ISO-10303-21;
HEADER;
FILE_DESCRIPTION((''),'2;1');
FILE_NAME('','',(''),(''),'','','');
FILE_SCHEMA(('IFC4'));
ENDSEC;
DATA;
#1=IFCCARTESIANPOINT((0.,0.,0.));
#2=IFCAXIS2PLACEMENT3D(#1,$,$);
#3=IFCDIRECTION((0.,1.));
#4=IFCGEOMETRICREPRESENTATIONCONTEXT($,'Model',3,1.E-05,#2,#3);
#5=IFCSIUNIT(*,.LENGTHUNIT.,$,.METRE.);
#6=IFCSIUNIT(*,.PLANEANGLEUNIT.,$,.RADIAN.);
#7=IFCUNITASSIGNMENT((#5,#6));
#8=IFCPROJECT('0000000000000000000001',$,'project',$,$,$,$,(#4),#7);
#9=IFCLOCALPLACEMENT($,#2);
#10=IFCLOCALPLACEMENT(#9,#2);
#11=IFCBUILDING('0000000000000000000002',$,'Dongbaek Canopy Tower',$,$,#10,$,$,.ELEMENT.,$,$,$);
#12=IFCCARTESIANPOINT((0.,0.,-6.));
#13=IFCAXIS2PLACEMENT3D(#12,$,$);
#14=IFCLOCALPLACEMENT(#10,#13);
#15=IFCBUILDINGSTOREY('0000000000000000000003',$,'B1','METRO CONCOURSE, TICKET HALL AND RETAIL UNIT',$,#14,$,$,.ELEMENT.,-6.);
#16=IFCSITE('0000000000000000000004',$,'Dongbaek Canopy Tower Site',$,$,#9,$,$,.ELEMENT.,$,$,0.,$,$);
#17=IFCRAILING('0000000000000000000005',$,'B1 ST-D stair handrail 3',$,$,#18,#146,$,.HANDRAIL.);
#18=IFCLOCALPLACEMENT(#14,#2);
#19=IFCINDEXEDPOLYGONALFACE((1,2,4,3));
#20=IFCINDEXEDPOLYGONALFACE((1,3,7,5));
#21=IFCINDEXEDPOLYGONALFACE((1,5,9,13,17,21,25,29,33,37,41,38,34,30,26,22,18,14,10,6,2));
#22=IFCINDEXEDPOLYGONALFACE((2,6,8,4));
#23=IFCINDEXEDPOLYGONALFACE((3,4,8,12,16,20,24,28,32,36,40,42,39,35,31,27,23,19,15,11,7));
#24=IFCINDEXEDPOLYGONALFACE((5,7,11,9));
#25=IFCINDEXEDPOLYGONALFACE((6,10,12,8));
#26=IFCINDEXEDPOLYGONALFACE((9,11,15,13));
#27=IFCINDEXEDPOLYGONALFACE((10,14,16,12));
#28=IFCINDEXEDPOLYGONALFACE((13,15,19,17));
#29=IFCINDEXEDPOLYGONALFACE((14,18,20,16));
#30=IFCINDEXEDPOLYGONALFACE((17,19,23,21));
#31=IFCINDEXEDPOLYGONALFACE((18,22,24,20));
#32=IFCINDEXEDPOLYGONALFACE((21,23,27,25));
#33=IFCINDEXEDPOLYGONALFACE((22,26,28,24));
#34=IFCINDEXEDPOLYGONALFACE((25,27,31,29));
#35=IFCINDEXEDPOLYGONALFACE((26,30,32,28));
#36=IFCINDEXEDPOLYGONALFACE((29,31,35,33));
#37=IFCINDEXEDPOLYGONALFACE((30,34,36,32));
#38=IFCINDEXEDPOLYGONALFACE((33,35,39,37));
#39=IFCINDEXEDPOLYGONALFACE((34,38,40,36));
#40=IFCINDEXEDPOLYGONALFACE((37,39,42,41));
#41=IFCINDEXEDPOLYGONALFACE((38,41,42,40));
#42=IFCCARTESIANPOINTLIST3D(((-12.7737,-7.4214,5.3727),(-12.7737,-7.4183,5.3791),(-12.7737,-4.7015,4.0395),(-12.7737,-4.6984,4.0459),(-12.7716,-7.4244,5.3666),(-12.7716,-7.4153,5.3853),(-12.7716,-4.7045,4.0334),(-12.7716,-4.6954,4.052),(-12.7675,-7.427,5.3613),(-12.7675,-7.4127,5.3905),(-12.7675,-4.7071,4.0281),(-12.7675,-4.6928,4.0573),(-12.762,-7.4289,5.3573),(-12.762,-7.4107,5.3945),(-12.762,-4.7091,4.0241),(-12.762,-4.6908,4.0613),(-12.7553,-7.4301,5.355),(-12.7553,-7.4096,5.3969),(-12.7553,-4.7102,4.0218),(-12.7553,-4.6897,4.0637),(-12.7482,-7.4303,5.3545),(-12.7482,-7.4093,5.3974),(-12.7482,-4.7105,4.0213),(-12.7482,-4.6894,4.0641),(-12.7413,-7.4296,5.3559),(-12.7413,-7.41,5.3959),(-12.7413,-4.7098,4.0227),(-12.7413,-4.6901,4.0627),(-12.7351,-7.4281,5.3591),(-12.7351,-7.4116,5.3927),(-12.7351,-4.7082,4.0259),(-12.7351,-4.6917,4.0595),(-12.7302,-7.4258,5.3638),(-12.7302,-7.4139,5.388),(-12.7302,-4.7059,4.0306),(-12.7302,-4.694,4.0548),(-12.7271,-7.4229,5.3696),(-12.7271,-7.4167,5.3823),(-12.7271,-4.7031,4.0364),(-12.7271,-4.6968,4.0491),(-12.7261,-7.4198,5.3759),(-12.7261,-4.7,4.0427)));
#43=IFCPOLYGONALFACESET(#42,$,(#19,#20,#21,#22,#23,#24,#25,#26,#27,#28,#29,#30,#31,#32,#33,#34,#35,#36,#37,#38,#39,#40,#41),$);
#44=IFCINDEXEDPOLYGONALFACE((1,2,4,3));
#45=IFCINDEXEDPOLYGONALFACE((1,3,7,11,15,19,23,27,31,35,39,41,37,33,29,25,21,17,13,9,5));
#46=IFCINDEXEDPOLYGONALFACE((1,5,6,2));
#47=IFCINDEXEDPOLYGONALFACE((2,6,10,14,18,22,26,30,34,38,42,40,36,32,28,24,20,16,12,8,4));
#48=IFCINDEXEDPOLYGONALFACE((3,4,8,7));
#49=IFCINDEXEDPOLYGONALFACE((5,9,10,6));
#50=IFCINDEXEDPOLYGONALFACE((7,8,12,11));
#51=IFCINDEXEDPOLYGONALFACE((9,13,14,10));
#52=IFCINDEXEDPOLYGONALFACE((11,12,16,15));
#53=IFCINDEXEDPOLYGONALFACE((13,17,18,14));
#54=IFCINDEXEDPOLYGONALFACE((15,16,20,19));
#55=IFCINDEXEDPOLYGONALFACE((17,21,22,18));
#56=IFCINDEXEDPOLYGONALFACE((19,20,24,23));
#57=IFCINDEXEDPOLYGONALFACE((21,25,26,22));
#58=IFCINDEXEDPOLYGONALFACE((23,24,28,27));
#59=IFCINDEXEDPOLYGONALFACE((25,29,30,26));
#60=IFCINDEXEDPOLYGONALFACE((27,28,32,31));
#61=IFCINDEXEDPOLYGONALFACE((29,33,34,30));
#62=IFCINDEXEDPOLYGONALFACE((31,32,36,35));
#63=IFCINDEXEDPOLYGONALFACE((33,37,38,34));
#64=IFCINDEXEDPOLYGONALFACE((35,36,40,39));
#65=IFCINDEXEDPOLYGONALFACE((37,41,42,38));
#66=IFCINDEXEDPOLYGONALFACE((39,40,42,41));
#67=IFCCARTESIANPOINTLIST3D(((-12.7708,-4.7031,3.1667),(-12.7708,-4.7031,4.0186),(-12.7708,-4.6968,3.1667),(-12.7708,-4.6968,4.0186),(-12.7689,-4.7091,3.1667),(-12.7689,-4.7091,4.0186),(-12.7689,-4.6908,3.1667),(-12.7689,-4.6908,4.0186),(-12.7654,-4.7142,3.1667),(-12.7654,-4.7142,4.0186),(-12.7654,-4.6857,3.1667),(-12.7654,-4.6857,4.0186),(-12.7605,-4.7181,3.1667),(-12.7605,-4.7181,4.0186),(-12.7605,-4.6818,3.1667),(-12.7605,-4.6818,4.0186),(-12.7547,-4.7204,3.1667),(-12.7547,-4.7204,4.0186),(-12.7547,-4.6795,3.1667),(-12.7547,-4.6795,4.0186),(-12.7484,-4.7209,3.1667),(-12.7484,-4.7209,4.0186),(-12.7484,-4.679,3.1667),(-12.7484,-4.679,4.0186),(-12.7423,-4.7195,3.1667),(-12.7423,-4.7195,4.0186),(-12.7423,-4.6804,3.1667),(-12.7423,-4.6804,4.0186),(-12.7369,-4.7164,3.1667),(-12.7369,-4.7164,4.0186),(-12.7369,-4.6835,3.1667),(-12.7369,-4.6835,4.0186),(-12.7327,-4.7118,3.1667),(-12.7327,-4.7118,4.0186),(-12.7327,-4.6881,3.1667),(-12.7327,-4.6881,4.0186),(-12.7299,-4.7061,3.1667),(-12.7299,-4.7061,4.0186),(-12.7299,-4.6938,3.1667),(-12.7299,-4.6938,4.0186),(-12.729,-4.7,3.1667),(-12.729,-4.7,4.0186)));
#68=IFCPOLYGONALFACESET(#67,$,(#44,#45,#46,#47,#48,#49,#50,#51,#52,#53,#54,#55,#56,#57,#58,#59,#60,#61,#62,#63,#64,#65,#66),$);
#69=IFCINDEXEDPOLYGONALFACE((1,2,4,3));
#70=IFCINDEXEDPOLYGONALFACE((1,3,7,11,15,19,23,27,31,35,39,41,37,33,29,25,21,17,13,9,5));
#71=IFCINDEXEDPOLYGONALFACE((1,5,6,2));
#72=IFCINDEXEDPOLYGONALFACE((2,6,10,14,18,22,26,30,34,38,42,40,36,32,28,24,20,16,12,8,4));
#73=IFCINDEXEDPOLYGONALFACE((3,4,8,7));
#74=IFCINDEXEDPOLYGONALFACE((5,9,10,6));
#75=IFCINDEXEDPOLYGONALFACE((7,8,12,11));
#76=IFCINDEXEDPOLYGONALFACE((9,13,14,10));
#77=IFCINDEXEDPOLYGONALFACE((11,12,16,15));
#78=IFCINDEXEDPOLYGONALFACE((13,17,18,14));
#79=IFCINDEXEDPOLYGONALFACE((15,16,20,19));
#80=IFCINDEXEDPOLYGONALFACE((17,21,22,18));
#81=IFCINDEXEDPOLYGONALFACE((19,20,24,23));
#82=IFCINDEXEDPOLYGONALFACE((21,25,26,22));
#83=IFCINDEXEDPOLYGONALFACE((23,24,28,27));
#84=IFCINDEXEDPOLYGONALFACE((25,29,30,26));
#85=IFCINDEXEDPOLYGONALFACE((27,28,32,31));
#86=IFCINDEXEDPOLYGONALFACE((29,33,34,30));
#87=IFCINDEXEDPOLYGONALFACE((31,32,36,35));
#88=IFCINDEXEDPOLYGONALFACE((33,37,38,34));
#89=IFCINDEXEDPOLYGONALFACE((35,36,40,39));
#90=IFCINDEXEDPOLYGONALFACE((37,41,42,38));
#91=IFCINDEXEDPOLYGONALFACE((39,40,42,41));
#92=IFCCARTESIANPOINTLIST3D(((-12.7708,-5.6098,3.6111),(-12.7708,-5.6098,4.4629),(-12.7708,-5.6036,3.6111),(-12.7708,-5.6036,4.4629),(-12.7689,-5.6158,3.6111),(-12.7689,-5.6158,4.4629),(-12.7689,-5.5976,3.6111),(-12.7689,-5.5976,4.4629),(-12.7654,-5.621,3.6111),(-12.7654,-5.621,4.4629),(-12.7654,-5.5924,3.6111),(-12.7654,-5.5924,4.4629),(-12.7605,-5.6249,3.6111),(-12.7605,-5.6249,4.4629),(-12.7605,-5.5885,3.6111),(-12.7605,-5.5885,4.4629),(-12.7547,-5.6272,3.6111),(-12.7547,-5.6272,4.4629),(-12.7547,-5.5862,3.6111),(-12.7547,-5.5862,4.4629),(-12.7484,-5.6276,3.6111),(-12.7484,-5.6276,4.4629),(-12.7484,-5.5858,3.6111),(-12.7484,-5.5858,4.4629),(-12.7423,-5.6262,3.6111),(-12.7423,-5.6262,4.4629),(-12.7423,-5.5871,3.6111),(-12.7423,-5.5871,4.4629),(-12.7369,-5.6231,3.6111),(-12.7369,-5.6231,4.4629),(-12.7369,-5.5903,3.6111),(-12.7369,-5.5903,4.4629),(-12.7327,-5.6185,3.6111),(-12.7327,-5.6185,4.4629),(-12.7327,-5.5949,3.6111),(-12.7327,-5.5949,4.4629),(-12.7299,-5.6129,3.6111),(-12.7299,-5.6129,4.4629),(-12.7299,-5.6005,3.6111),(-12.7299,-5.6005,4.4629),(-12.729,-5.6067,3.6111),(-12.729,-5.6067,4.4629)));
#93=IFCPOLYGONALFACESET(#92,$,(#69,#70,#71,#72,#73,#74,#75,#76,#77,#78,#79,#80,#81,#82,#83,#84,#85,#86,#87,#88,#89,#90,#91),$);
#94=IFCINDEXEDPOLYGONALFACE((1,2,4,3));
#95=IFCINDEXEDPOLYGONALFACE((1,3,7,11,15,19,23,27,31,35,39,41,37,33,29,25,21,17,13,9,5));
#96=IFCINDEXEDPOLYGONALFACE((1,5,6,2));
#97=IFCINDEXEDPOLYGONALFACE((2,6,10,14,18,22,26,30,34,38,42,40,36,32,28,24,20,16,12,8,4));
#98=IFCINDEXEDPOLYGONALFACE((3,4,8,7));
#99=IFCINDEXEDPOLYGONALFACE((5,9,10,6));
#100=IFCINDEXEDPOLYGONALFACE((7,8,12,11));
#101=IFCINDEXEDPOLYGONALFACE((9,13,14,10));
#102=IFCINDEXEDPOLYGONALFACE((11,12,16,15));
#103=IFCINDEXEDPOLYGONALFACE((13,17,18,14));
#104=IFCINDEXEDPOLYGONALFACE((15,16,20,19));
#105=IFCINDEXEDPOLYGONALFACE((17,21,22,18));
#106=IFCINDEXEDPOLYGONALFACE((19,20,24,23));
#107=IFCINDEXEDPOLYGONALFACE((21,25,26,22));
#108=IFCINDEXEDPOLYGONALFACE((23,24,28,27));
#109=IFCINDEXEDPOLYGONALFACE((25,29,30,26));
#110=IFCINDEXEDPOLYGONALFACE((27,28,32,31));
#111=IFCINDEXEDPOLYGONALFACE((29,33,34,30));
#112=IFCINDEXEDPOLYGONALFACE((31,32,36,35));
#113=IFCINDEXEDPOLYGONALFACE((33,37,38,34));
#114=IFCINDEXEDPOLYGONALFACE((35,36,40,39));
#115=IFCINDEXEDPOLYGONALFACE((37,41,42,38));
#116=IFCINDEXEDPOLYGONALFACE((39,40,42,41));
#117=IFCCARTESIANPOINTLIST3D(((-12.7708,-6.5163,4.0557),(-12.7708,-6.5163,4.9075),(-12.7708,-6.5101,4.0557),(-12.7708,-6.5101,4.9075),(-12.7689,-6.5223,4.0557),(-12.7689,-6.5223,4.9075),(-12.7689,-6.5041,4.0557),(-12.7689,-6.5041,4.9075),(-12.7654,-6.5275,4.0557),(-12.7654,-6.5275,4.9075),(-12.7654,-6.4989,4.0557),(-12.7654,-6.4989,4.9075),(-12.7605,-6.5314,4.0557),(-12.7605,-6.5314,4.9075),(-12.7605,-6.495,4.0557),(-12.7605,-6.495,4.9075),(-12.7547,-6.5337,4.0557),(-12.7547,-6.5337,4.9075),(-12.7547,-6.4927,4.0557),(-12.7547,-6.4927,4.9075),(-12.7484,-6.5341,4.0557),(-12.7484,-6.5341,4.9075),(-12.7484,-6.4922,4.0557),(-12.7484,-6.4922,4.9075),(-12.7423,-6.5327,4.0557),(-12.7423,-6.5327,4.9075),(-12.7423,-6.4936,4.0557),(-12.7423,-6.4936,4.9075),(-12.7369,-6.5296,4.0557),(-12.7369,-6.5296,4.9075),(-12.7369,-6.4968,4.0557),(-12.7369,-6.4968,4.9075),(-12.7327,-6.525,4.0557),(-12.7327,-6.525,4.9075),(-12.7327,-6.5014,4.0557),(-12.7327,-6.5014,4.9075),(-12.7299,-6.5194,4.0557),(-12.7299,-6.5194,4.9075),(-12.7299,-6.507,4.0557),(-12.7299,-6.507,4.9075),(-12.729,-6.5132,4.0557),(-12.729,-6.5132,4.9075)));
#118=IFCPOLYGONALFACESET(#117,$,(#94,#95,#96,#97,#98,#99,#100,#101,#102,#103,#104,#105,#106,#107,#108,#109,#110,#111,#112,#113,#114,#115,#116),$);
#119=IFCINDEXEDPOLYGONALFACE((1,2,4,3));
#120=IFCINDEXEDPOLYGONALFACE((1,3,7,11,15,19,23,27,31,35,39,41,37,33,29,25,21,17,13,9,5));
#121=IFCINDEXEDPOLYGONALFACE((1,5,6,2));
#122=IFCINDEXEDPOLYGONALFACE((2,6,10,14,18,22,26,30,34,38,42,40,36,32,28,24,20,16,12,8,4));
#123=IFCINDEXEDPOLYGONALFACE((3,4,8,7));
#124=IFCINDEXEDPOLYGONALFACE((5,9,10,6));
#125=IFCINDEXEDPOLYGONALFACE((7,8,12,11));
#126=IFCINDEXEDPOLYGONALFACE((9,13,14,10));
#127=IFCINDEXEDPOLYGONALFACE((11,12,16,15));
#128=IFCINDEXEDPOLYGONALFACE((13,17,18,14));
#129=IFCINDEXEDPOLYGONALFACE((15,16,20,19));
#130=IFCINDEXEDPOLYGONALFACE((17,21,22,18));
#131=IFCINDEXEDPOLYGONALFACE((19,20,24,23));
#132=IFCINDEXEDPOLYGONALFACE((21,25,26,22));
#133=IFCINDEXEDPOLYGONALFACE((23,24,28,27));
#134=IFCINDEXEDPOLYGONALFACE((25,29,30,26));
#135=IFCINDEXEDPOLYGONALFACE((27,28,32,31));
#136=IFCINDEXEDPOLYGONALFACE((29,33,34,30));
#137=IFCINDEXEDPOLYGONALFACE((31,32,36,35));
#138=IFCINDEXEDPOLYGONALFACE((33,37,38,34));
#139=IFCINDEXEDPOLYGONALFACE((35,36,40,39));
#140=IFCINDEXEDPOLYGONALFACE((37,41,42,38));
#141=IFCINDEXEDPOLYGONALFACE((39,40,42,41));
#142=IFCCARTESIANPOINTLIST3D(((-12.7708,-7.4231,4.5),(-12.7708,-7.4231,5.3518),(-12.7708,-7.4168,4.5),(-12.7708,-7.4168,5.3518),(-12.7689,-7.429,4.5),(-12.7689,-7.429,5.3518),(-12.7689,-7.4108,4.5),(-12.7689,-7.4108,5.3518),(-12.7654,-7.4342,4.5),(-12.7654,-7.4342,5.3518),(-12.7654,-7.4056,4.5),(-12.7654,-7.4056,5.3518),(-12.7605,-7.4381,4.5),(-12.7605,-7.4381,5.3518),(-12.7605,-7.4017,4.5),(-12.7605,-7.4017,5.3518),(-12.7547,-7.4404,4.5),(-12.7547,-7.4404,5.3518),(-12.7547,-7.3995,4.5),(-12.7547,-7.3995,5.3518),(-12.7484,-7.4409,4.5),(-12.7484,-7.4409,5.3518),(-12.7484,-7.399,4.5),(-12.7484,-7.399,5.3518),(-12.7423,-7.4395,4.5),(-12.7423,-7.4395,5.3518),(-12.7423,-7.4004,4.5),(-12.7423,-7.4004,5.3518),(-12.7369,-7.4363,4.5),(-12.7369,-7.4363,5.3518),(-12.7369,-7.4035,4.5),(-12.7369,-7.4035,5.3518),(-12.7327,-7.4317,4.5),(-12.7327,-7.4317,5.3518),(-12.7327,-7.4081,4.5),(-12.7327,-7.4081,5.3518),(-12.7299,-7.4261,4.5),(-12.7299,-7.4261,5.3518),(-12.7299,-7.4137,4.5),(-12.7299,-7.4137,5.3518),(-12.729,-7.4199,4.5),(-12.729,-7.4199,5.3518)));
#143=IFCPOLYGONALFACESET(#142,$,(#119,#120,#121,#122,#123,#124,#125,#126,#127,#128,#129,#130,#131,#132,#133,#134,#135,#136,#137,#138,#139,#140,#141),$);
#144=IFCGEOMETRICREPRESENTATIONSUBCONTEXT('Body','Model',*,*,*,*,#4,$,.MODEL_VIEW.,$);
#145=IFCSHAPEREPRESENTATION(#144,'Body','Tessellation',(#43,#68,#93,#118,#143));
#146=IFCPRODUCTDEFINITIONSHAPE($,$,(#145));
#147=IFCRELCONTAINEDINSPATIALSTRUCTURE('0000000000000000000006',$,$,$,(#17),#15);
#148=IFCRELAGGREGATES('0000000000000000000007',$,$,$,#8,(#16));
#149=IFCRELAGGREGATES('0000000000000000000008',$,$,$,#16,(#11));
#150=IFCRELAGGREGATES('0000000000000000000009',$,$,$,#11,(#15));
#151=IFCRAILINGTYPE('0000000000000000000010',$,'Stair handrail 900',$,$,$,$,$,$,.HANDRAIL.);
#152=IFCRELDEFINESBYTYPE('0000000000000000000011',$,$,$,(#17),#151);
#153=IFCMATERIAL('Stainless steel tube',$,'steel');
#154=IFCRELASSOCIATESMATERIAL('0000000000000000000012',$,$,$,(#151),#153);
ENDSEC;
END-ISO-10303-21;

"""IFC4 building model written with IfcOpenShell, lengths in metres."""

from ifc_helpers import new_model, si_unit, direction, frame, origin, origin_2d, place, context, subcontext, project, spatial, circle, extrude, material, type_object, element, save


model = new_model("IFC4")

# Units and contexts
model_context = context("Model", 3, precision=1e-05, world=origin(), true_north=direction((0.0, 1.0)))
body_context = subcontext(model_context, "Body", "Model", "MODEL_VIEW")
ifc_project = project(units=[si_unit("LENGTHUNIT", "METRE"), si_unit("PLANEANGLEUNIT", "RADIAN")], contexts=[model_context])

# Site, building, storey
site_placement = place(None, origin())
site = spatial("IfcSite", under=ifc_project, at=site_placement, Name="Dongbaek Canopy Tower Site", CompositionType="ELEMENT", RefElevation=0.0)
building_placement = place(site_placement, origin())
building = spatial("IfcBuilding", under=site, at=building_placement, Name="Dongbaek Canopy Tower", CompositionType="ELEMENT")
storey_placement = place(building_placement, frame((0.0, 0.0, -6.0)))
storey = spatial("IfcBuildingStorey", under=building, at=storey_placement, Name="B1", Description="METRO CONCOURSE, TICKET HALL AND RETAIL UNIT", CompositionType="ELEMENT", Elevation=-6.0)

# Railing
ifc_material_1 = material(Name="Stainless steel tube", Category="steel")
railing_type_1 = type_object("IfcRailingType", Name="Stair handrail 900", PredefinedType="HANDRAIL", material=ifc_material_1)
railing_1_placement = place(storey_placement, frame((-12.75, -4.7, 3.1667)))
element("IfcRailing", 1, at=railing_1_placement, inside=storey, type_object=railing_type_1, Name="B1 ST-D stair handrail 3", PredefinedType="HANDRAIL", context=body_context, shape_type="SweptSolid", body=[
    extrude(circle(Radius=0.0239, at=origin_2d()), frame((0.0, 0.0, 0.876), z_axis=(0.0, -0.897929, 0.440139), x_axis=(1.0, 0.0, 0.0)), (0.0, 0.0, 1.0), 3.0291),
    extrude(circle(Radius=0.021, at=origin_2d()), origin(), (0.0, 0.0, 1.0), 0.8518),
    extrude(circle(Radius=0.021, at=origin_2d()), frame((0.0, -0.9067, 0.4443)), (0.0, 0.0, 1.0), 0.8518),
    extrude(circle(Radius=0.021, at=origin_2d()), frame((0.0, -1.8132, 0.8889)), (0.0, 0.0, 1.0), 0.8518),
    extrude(circle(Radius=0.021, at=origin_2d()), frame((0.0, -2.72, 1.3333)), (0.0, 0.0, 1.0), 0.8518),
])

save(model, "model.ifc")
